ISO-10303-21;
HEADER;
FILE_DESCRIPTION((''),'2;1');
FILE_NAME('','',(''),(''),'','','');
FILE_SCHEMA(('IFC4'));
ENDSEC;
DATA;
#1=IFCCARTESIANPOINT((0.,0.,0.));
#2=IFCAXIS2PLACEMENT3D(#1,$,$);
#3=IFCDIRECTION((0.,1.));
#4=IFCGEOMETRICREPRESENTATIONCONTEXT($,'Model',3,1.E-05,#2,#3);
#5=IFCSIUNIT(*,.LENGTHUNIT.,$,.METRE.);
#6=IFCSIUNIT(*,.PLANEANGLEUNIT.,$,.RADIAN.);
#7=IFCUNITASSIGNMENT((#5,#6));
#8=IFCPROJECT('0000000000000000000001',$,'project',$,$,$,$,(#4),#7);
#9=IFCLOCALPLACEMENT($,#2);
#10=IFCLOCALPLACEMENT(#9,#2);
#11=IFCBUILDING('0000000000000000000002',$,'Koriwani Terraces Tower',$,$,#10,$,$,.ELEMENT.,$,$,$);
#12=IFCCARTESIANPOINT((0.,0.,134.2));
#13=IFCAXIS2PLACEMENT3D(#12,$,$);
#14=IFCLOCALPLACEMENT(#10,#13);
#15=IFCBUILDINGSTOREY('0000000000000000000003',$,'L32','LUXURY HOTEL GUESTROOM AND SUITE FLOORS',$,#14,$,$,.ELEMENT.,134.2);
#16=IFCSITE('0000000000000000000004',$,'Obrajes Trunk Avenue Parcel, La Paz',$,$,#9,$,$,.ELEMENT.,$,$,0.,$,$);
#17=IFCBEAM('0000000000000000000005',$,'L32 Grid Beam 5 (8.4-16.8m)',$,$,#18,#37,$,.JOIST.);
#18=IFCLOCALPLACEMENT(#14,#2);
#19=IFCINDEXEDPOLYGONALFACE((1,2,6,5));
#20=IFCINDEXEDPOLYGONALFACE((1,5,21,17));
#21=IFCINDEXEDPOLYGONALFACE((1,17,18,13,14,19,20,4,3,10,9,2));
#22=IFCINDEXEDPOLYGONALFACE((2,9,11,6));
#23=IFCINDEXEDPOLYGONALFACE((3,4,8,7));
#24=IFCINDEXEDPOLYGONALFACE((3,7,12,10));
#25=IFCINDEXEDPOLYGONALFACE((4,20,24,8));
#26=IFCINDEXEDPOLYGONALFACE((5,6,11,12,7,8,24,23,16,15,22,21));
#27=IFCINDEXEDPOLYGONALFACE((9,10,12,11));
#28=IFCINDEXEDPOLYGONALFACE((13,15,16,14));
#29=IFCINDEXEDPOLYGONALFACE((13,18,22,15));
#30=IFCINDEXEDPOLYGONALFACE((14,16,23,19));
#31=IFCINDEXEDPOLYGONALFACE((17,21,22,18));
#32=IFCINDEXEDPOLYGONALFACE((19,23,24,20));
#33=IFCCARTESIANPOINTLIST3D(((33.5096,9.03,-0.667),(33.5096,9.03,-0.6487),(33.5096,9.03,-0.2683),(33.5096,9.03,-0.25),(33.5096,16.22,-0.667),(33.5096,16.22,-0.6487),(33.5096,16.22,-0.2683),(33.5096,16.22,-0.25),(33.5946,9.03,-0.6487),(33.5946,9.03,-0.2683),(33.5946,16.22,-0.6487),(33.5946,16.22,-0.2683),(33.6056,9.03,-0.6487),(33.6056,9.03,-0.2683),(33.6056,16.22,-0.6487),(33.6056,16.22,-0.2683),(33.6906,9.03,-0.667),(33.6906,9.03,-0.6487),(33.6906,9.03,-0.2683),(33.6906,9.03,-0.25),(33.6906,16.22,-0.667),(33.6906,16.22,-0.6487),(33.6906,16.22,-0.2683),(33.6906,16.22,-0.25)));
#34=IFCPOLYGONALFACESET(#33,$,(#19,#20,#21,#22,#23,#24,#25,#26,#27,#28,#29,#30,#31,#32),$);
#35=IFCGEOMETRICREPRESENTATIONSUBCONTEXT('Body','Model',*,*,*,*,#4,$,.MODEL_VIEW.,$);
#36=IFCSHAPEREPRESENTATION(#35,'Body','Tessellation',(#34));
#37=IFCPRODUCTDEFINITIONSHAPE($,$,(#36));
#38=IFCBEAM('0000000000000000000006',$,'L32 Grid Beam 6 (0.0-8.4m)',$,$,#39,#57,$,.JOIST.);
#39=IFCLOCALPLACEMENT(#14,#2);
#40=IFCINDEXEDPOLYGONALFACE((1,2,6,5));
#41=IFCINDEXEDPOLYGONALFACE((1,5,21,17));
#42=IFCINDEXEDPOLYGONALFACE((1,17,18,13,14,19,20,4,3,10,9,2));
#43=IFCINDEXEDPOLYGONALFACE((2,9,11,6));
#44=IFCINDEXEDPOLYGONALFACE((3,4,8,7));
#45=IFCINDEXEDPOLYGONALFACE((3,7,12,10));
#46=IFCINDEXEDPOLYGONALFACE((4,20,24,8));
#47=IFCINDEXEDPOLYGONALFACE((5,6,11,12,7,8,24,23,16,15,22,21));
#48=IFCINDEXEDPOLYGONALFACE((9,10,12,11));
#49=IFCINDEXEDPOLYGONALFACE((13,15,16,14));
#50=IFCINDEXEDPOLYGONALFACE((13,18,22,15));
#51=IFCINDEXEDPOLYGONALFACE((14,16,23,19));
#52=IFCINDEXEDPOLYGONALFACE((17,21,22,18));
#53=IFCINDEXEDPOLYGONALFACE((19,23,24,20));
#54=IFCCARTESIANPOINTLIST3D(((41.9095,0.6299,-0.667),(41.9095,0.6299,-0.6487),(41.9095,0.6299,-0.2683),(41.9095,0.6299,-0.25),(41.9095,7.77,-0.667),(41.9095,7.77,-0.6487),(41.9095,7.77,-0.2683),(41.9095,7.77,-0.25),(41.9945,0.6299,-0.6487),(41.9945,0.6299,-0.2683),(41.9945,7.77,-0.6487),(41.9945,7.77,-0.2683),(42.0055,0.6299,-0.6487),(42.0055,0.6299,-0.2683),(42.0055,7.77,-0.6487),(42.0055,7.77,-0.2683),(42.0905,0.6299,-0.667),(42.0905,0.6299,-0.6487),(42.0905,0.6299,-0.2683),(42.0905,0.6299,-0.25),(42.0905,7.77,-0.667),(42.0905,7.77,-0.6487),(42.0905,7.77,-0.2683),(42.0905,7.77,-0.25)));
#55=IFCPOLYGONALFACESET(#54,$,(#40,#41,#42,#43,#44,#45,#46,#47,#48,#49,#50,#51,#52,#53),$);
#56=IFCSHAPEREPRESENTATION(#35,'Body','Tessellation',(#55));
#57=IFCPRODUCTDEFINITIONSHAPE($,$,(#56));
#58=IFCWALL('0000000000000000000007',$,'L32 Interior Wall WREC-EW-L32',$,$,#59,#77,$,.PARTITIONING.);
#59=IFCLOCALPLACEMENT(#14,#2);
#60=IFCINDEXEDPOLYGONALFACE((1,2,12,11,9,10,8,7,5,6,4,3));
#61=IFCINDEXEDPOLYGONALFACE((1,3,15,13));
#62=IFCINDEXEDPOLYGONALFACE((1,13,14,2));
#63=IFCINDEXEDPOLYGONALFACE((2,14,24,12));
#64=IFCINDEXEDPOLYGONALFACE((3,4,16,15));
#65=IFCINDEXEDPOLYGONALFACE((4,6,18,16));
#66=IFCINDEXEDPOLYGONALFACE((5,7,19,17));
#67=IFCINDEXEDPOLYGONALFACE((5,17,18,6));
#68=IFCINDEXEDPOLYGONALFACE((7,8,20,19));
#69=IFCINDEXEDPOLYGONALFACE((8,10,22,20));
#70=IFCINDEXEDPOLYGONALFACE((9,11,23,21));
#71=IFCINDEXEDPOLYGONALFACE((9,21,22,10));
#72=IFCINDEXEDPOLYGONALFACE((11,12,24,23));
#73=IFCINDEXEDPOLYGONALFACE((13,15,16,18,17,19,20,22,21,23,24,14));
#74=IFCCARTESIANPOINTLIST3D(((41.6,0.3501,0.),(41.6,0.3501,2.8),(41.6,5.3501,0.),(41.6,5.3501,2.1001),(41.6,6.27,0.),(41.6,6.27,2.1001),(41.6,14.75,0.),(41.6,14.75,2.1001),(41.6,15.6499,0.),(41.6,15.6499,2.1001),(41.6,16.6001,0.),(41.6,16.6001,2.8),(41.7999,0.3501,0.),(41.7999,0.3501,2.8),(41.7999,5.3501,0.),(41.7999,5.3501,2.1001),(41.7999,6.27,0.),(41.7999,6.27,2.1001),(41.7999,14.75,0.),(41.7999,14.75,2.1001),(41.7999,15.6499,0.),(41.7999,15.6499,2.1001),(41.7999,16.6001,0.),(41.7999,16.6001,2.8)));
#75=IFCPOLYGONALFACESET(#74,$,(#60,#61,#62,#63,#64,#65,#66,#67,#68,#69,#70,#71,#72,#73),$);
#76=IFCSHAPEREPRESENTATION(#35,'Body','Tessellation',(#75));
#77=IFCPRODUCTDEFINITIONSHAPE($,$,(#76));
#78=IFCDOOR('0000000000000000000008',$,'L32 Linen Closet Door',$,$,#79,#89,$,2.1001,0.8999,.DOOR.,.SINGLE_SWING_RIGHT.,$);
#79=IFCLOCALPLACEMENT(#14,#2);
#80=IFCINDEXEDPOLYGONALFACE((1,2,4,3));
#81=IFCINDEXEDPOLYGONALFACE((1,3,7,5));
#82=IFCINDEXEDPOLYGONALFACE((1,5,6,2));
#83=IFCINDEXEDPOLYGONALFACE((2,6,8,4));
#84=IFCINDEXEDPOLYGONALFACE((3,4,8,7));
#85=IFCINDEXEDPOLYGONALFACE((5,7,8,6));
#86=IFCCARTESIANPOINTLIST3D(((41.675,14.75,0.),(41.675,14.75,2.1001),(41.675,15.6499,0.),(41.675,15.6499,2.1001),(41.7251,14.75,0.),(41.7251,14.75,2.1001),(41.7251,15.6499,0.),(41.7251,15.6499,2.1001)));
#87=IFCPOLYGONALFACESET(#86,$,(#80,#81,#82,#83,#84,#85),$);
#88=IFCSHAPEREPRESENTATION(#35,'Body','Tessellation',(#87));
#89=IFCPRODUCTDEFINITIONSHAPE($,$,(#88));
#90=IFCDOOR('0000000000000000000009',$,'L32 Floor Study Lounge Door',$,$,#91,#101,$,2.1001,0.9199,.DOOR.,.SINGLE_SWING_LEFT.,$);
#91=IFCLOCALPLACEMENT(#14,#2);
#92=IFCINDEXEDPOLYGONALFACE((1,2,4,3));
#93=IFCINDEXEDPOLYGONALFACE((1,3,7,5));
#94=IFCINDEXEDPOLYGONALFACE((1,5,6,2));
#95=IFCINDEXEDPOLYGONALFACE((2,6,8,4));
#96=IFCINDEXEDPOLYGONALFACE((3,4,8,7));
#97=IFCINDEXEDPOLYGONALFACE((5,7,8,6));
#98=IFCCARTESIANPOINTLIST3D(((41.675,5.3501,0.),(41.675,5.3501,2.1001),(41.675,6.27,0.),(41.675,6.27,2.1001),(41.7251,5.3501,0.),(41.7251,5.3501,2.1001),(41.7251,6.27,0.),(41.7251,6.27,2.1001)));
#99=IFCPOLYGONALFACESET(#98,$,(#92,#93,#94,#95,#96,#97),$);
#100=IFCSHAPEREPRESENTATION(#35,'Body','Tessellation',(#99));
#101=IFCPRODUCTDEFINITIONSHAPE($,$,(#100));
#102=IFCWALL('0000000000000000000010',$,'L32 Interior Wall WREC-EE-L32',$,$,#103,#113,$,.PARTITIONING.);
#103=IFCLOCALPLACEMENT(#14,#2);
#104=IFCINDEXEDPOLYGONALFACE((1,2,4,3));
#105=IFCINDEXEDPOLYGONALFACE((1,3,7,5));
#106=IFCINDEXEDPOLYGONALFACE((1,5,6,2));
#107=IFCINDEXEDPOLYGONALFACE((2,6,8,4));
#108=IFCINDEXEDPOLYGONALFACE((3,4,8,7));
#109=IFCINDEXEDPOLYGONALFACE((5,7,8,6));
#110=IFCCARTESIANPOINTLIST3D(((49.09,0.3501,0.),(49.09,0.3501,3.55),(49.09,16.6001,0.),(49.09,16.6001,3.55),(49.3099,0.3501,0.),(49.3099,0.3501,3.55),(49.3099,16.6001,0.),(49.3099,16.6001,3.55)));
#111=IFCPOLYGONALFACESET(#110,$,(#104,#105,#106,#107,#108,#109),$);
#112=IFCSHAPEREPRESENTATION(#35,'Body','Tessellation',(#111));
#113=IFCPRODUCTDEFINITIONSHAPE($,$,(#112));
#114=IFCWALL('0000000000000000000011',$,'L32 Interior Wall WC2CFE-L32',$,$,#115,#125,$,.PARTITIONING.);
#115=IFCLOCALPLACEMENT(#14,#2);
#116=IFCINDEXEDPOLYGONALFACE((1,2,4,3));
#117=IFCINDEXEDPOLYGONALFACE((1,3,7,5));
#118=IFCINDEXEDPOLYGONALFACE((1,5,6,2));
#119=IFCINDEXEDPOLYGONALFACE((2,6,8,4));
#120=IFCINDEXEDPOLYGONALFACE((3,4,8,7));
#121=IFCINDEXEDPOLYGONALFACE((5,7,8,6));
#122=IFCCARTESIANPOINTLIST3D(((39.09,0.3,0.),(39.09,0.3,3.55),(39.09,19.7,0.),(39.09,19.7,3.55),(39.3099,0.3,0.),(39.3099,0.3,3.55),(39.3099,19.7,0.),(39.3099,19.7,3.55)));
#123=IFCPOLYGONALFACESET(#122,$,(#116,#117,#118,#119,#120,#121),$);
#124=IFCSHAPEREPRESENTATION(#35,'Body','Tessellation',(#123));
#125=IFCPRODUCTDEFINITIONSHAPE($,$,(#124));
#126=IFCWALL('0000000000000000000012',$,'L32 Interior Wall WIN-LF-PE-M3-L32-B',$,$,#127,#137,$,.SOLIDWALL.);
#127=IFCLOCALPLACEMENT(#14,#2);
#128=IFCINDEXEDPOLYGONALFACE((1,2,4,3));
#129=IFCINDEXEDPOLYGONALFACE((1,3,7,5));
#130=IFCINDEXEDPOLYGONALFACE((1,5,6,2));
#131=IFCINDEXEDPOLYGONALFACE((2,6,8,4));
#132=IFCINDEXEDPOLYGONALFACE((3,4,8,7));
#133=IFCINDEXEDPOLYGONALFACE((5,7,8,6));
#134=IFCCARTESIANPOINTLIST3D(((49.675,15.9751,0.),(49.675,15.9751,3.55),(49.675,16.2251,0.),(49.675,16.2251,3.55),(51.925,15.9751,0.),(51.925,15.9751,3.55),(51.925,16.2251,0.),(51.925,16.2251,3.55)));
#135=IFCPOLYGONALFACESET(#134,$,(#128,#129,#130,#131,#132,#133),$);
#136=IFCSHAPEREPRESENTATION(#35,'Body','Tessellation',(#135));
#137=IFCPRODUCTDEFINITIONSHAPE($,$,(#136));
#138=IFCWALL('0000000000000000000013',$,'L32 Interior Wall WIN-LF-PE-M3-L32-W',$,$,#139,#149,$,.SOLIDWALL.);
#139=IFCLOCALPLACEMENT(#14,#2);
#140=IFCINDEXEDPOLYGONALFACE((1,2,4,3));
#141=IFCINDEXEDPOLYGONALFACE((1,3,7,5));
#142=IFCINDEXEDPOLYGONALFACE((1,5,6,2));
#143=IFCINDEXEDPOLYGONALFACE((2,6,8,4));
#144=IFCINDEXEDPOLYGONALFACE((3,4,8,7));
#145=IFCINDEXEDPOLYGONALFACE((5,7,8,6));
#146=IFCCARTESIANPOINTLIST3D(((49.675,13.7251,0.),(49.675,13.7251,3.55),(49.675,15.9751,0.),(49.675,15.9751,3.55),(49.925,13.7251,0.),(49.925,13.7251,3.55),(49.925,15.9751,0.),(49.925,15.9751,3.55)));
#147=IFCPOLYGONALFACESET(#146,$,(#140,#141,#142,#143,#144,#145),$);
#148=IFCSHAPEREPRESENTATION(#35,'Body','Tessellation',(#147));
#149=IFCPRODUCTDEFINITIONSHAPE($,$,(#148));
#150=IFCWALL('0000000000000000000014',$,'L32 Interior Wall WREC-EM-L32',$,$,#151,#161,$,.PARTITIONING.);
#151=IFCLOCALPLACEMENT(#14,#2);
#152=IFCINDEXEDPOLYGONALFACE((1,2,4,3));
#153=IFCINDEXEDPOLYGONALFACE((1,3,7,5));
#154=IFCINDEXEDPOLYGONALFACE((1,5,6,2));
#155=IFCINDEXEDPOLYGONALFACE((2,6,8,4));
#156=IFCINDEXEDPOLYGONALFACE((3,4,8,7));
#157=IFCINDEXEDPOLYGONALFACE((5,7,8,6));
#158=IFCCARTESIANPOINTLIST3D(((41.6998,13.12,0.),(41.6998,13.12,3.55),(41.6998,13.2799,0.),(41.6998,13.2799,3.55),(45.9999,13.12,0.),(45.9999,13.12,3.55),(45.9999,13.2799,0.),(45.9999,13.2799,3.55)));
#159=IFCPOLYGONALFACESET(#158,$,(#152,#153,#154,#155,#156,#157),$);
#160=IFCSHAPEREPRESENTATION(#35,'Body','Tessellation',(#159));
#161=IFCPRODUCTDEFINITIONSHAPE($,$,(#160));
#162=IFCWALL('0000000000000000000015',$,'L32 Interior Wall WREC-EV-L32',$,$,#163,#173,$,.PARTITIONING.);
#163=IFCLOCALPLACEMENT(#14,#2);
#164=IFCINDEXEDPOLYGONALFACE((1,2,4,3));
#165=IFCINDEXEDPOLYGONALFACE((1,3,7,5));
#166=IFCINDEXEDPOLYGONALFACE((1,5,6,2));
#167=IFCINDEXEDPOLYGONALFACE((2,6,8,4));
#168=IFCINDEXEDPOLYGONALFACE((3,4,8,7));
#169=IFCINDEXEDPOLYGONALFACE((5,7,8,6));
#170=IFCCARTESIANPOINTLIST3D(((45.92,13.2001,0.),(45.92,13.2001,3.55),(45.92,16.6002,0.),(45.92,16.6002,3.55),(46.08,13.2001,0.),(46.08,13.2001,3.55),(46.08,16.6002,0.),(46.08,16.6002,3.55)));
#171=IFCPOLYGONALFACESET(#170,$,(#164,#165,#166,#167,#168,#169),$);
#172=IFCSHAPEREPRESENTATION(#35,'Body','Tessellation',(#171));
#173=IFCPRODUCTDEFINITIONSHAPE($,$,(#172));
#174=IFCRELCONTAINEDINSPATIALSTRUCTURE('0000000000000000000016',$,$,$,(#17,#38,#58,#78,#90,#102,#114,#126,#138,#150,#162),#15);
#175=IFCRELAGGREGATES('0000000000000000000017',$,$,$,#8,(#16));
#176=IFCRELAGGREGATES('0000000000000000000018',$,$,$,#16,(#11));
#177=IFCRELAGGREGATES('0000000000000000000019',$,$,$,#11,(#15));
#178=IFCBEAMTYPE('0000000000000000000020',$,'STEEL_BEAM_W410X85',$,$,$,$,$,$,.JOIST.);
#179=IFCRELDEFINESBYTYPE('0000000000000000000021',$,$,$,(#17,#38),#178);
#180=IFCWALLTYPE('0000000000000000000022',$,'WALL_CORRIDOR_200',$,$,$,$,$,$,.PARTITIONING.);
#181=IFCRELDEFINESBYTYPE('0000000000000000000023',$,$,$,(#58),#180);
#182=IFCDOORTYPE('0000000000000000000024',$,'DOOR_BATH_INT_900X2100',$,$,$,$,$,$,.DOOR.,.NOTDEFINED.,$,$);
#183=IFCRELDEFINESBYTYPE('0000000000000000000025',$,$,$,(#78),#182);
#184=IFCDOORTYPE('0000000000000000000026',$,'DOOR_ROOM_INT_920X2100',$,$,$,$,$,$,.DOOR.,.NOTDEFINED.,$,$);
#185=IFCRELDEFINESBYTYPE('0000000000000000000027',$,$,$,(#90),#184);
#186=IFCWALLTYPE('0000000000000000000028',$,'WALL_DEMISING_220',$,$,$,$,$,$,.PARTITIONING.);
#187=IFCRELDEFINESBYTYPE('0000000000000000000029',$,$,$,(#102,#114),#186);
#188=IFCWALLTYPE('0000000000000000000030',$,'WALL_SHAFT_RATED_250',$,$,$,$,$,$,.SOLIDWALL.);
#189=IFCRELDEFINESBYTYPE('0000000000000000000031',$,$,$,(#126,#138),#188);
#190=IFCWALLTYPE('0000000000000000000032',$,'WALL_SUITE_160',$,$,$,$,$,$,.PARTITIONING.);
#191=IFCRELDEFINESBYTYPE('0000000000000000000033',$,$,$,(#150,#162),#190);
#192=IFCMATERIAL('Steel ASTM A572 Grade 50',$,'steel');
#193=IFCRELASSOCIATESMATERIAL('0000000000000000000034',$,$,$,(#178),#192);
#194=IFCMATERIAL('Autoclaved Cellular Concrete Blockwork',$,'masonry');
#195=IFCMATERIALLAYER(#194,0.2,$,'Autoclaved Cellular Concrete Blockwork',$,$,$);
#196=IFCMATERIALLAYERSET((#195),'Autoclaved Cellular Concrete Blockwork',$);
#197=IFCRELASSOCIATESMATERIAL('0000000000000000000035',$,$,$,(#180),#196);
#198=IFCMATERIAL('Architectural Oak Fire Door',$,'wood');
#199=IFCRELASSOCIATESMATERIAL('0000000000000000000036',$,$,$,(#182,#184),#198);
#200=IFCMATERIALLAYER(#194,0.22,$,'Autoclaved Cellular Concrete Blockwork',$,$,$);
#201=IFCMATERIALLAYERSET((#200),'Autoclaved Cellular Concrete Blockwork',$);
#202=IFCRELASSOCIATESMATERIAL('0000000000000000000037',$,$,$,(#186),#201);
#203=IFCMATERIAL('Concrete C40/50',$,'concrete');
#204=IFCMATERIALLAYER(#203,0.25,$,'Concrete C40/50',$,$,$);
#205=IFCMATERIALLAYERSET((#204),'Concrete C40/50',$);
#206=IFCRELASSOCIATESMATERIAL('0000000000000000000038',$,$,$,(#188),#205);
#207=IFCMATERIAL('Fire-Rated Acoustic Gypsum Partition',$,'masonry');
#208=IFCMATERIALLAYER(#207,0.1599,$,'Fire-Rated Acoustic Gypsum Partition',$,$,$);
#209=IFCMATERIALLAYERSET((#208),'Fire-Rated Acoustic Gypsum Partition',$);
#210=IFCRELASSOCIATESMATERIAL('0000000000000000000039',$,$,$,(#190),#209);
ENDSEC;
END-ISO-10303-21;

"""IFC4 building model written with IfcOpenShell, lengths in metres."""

from ifc_helpers import new_model, si_unit, direction, frame, frame_2d, origin, origin_2d, place, context, subcontext, project, spatial, rectangle, i_section, extrude, material, layer, layer_set, material_profile, profile_set, type_object, element, fill, save


model = new_model("IFC4")

# Units and contexts
model_context = context("Model", 3, precision=1e-05, world=origin(), true_north=direction((0.0, 1.0)))
body_context = subcontext(model_context, "Body", "Model", "MODEL_VIEW")
ifc_project = project(units=[si_unit("LENGTHUNIT", "METRE"), si_unit("PLANEANGLEUNIT", "RADIAN")], contexts=[model_context])

# Site, building, storey
site_placement = place(None, origin())
site = spatial("IfcSite", under=ifc_project, at=site_placement, Name="Obrajes Trunk Avenue Parcel, La Paz", CompositionType="ELEMENT", RefElevation=0.0)
building_placement = place(site_placement, origin())
building = spatial("IfcBuilding", under=site, at=building_placement, Name="Koriwani Terraces Tower", CompositionType="ELEMENT")
storey_placement = place(building_placement, frame((0.0, 0.0, 134.2)))
storey = spatial("IfcBuildingStorey", under=building, at=storey_placement, Name="L32", Description="LUXURY HOTEL GUESTROOM AND SUITE FLOORS", CompositionType="ELEMENT", Elevation=134.2)

# Beams
ifc_material_1 = material(Name="Concrete C40/50", Category="concrete")
ifc_material_2 = material(Name="Steel ASTM A572 Grade 50", Category="steel")
ifc_material_profile_1 = material_profile(ifc_material_2, i_section(OverallWidth=0.1809, OverallDepth=0.417, WebThickness=0.011, FlangeThickness=0.0183, at=origin_2d()), Name="Steel ASTM A572 Grade 50", Category="LoadBearing")
ifc_profile_set_1 = profile_set([ifc_material_profile_1], Name="Steel ASTM A572 Grade 50")
beam_type_1 = type_object("IfcBeamType", Name="STEEL_BEAM_W410X85", PredefinedType="JOIST", material=ifc_profile_set_1)
beam_1_placement = place(storey_placement, frame((33.6001, 9.03, -0.4585), z_axis=(0.0, 1.0, 0.0), x_axis=(-1.0, 0.0, 0.0)))
element("IfcBeam", 1, at=beam_1_placement, inside=storey, type_object=beam_type_1, Name="L32 Grid Beam 5 (8.4-16.8m)", PredefinedType="JOIST", context=body_context, shape_type="SweptSolid", body=[
    extrude(i_section(OverallWidth=0.1809, OverallDepth=0.417, WebThickness=0.011, FlangeThickness=0.0183, at=origin_2d()), origin(), (0.0, 0.0, 1.0), 7.1899),
])
beam_2_placement = place(storey_placement, frame((42.0, 0.6299, -0.4585), z_axis=(0.0, 1.0, 0.0), x_axis=(-1.0, 0.0, 0.0)))
element("IfcBeam", 2, at=beam_2_placement, inside=storey, type_object=beam_type_1, Name="L32 Grid Beam 6 (0.0-8.4m)", PredefinedType="JOIST", context=body_context, shape_type="SweptSolid", body=[
    extrude(i_section(OverallWidth=0.1809, OverallDepth=0.417, WebThickness=0.011, FlangeThickness=0.0183, at=origin_2d()), origin(), (0.0, 0.0, 1.0), 7.1401),
])

# Wall, openings, doors
ifc_material_3 = material(Name="Autoclaved Cellular Concrete Blockwork", Category="masonry")
ifc_layer_1 = layer(ifc_material_3, 0.2, Name="Autoclaved Cellular Concrete Blockwork")
ifc_layer_set_1 = layer_set([ifc_layer_1], Name="Autoclaved Cellular Concrete Blockwork")
wall_type_1 = type_object("IfcWallType", Name="WALL_CORRIDOR_200", PredefinedType="PARTITIONING", material=ifc_layer_set_1)
wall_1_placement = place(storey_placement, frame((41.7, 0.3501, 0.0), z_axis=(0.0, 0.0, 1.0), x_axis=(0.0, 1.0, 0.0)))
wall_1 = element("IfcWall", 3, at=wall_1_placement, inside=storey, type_object=wall_type_1, Name="L32 Interior Wall WREC-EW-L32", PredefinedType="PARTITIONING", context=body_context, shape_type="SweptSolid", body=[
    extrude(rectangle(XDim=16.25, YDim=0.2, at=frame_2d((8.125, 0.0))), origin(), (0.0, 0.0, 1.0), 2.8),
])
opening_1_placement = place(wall_1_placement, frame((5.0, 0.0, 0.0)))
opening_1 = element("IfcOpeningElement", 4, at=opening_1_placement, cuts=wall_1, PredefinedType="OPENING", context=body_context, shape_type="SweptSolid", body=[
    extrude(rectangle(XDim=0.9199, YDim=2.1001, at=frame_2d((0.46, 1.05))), frame((0.0, 0.1099, 0.0), z_axis=(0.0, -1.0, 0.0), x_axis=(1.0, 0.0, 0.0)), (0.0, 0.0, 1.0), 0.22),
])
opening_2_placement = place(wall_1_placement, frame((14.3999, 0.0, 0.0)))
opening_2 = element("IfcOpeningElement", 5, at=opening_2_placement, cuts=wall_1, PredefinedType="OPENING", context=body_context, shape_type="SweptSolid", body=[
    extrude(rectangle(XDim=0.8999, YDim=2.1001, at=frame_2d((0.45, 1.05))), frame((0.0, 0.1099, 0.0), z_axis=(0.0, -1.0, 0.0), x_axis=(1.0, 0.0, 0.0)), (0.0, 0.0, 1.0), 0.22),
])
ifc_material_4 = material(Name="Architectural Oak Fire Door", Category="wood")
door_type_1 = type_object("IfcDoorType", Name="DOOR_BATH_INT_900X2100", OperationType="NOTDEFINED", PredefinedType="DOOR", material=ifc_material_4)
door_1_placement = place(opening_2_placement, origin())
door_1 = element("IfcDoor", 6, at=door_1_placement, inside=storey, type_object=door_type_1, Name="L32 Linen Closet Door", OperationType="SINGLE_SWING_RIGHT", OverallHeight=2.1001, OverallWidth=0.8999, PredefinedType="DOOR", context=body_context, shape_type="SweptSolid", body=[
    extrude(rectangle(XDim=0.8999, YDim=2.1001, at=frame_2d((0.45, 1.05))), frame((0.0, 0.0249, 0.0), z_axis=(0.0, -1.0, 0.0), x_axis=(1.0, 0.0, 0.0)), (0.0, 0.0, 1.0), 0.05),
])
fill(opening_2, door_1)
door_type_2 = type_object("IfcDoorType", Name="DOOR_ROOM_INT_920X2100", OperationType="NOTDEFINED", PredefinedType="DOOR", material=ifc_material_4)
door_2_placement = place(opening_1_placement, origin())
door_2 = element("IfcDoor", 7, at=door_2_placement, inside=storey, type_object=door_type_2, Name="L32 Floor Study Lounge Door", OperationType="SINGLE_SWING_LEFT", OverallHeight=2.1001, OverallWidth=0.9199, PredefinedType="DOOR", context=body_context, shape_type="SweptSolid", body=[
    extrude(rectangle(XDim=0.9199, YDim=2.1001, at=frame_2d((0.46, 1.05))), frame((0.0, 0.0249, 0.0), z_axis=(0.0, -1.0, 0.0), x_axis=(1.0, 0.0, 0.0)), (0.0, 0.0, 1.0), 0.05),
])
fill(opening_1, door_2)

# Walls
ifc_layer_2 = layer(ifc_material_3, 0.22, Name="Autoclaved Cellular Concrete Blockwork")
ifc_layer_set_2 = layer_set([ifc_layer_2], Name="Autoclaved Cellular Concrete Blockwork")
wall_type_2 = type_object("IfcWallType", Name="WALL_DEMISING_220", PredefinedType="PARTITIONING", material=ifc_layer_set_2)
wall_2_placement = place(storey_placement, frame((49.2, 0.3501, 0.0), z_axis=(0.0, 0.0, 1.0), x_axis=(0.0, 1.0, 0.0)))
element("IfcWall", 8, at=wall_2_placement, inside=storey, type_object=wall_type_2, Name="L32 Interior Wall WREC-EE-L32", PredefinedType="PARTITIONING", context=body_context, shape_type="SweptSolid", body=[
    extrude(rectangle(XDim=16.25, YDim=0.22, at=frame_2d((8.125, 0.0))), origin(), (0.0, 0.0, 1.0), 3.55),
])
wall_3_placement = place(storey_placement, frame((39.2, 0.3, 0.0), z_axis=(0.0, 0.0, 1.0), x_axis=(0.0, 1.0, 0.0)))
element("IfcWall", 9, at=wall_3_placement, inside=storey, type_object=wall_type_2, Name="L32 Interior Wall WC2CFE-L32", PredefinedType="PARTITIONING", context=body_context, shape_type="SweptSolid", body=[
    extrude(rectangle(XDim=19.3999, YDim=0.22, at=frame_2d((9.7, 0.0))), origin(), (0.0, 0.0, 1.0), 3.55),
])

# Shared definitions
ifc_layer_3 = layer(ifc_material_1, 0.25, Name="Concrete C40/50")
ifc_layer_set_3 = layer_set([ifc_layer_3], Name="Concrete C40/50")
wall_type_3 = type_object("IfcWallType", Name="WALL_SHAFT_RATED_250", PredefinedType="SOLIDWALL", material=ifc_layer_set_3)

# Walls
for number, where, z_axis, x_axis, name in (
    (10, (49.675, 16.1001, 0.0), (0.0, 0.0, 1.0), (1.0, 0.0, 0.0), "L32 Interior Wall WIN-LF-PE-M3-L32-B"),
    (11, (49.8, 13.7251, 0.0), (0.0, 0.0, 1.0), (0.0, 1.0, 0.0), "L32 Interior Wall WIN-LF-PE-M3-L32-W"),
):
    element("IfcWall", number, at=place(storey_placement, frame(where, z_axis=z_axis, x_axis=x_axis)), inside=storey, type_object=wall_type_3, Name=name, PredefinedType="SOLIDWALL", context=body_context, shape_type="SweptSolid", body=[
        extrude(rectangle(XDim=2.25, YDim=0.25, at=frame_2d((1.125, 0.0))), origin(), (0.0, 0.0, 1.0), 3.55),
    ])
ifc_material_5 = material(Name="Fire-Rated Acoustic Gypsum Partition", Category="masonry")
ifc_layer_4 = layer(ifc_material_5, 0.1599, Name="Fire-Rated Acoustic Gypsum Partition")
ifc_layer_set_4 = layer_set([ifc_layer_4], Name="Fire-Rated Acoustic Gypsum Partition")
wall_type_4 = type_object("IfcWallType", Name="WALL_SUITE_160", PredefinedType="PARTITIONING", material=ifc_layer_set_4)
wall_4_placement = place(storey_placement, frame((41.7, 13.2, 0.0), z_axis=(0.0, 0.0, 1.0), x_axis=(1.0, 0.0, 0.0)))
element("IfcWall", 12, at=wall_4_placement, inside=storey, type_object=wall_type_4, Name="L32 Interior Wall WREC-EM-L32", PredefinedType="PARTITIONING", context=body_context, shape_type="SweptSolid", body=[
    extrude(rectangle(XDim=4.3, YDim=0.1599, at=frame_2d((2.1499, 0.0))), origin(), (0.0, 0.0, 1.0), 3.55),
])
wall_5_placement = place(storey_placement, frame((46.0, 13.2, 0.0), z_axis=(0.0, 0.0, 1.0), x_axis=(0.0, 1.0, 0.0)))
element("IfcWall", 13, at=wall_5_placement, inside=storey, type_object=wall_type_4, Name="L32 Interior Wall WREC-EV-L32", PredefinedType="PARTITIONING", context=body_context, shape_type="SweptSolid", body=[
    extrude(rectangle(XDim=3.4001, YDim=0.1599, at=frame_2d((1.7002, 0.0))), origin(), (0.0, 0.0, 1.0), 3.55),
])

save(model, "model.ifc")
